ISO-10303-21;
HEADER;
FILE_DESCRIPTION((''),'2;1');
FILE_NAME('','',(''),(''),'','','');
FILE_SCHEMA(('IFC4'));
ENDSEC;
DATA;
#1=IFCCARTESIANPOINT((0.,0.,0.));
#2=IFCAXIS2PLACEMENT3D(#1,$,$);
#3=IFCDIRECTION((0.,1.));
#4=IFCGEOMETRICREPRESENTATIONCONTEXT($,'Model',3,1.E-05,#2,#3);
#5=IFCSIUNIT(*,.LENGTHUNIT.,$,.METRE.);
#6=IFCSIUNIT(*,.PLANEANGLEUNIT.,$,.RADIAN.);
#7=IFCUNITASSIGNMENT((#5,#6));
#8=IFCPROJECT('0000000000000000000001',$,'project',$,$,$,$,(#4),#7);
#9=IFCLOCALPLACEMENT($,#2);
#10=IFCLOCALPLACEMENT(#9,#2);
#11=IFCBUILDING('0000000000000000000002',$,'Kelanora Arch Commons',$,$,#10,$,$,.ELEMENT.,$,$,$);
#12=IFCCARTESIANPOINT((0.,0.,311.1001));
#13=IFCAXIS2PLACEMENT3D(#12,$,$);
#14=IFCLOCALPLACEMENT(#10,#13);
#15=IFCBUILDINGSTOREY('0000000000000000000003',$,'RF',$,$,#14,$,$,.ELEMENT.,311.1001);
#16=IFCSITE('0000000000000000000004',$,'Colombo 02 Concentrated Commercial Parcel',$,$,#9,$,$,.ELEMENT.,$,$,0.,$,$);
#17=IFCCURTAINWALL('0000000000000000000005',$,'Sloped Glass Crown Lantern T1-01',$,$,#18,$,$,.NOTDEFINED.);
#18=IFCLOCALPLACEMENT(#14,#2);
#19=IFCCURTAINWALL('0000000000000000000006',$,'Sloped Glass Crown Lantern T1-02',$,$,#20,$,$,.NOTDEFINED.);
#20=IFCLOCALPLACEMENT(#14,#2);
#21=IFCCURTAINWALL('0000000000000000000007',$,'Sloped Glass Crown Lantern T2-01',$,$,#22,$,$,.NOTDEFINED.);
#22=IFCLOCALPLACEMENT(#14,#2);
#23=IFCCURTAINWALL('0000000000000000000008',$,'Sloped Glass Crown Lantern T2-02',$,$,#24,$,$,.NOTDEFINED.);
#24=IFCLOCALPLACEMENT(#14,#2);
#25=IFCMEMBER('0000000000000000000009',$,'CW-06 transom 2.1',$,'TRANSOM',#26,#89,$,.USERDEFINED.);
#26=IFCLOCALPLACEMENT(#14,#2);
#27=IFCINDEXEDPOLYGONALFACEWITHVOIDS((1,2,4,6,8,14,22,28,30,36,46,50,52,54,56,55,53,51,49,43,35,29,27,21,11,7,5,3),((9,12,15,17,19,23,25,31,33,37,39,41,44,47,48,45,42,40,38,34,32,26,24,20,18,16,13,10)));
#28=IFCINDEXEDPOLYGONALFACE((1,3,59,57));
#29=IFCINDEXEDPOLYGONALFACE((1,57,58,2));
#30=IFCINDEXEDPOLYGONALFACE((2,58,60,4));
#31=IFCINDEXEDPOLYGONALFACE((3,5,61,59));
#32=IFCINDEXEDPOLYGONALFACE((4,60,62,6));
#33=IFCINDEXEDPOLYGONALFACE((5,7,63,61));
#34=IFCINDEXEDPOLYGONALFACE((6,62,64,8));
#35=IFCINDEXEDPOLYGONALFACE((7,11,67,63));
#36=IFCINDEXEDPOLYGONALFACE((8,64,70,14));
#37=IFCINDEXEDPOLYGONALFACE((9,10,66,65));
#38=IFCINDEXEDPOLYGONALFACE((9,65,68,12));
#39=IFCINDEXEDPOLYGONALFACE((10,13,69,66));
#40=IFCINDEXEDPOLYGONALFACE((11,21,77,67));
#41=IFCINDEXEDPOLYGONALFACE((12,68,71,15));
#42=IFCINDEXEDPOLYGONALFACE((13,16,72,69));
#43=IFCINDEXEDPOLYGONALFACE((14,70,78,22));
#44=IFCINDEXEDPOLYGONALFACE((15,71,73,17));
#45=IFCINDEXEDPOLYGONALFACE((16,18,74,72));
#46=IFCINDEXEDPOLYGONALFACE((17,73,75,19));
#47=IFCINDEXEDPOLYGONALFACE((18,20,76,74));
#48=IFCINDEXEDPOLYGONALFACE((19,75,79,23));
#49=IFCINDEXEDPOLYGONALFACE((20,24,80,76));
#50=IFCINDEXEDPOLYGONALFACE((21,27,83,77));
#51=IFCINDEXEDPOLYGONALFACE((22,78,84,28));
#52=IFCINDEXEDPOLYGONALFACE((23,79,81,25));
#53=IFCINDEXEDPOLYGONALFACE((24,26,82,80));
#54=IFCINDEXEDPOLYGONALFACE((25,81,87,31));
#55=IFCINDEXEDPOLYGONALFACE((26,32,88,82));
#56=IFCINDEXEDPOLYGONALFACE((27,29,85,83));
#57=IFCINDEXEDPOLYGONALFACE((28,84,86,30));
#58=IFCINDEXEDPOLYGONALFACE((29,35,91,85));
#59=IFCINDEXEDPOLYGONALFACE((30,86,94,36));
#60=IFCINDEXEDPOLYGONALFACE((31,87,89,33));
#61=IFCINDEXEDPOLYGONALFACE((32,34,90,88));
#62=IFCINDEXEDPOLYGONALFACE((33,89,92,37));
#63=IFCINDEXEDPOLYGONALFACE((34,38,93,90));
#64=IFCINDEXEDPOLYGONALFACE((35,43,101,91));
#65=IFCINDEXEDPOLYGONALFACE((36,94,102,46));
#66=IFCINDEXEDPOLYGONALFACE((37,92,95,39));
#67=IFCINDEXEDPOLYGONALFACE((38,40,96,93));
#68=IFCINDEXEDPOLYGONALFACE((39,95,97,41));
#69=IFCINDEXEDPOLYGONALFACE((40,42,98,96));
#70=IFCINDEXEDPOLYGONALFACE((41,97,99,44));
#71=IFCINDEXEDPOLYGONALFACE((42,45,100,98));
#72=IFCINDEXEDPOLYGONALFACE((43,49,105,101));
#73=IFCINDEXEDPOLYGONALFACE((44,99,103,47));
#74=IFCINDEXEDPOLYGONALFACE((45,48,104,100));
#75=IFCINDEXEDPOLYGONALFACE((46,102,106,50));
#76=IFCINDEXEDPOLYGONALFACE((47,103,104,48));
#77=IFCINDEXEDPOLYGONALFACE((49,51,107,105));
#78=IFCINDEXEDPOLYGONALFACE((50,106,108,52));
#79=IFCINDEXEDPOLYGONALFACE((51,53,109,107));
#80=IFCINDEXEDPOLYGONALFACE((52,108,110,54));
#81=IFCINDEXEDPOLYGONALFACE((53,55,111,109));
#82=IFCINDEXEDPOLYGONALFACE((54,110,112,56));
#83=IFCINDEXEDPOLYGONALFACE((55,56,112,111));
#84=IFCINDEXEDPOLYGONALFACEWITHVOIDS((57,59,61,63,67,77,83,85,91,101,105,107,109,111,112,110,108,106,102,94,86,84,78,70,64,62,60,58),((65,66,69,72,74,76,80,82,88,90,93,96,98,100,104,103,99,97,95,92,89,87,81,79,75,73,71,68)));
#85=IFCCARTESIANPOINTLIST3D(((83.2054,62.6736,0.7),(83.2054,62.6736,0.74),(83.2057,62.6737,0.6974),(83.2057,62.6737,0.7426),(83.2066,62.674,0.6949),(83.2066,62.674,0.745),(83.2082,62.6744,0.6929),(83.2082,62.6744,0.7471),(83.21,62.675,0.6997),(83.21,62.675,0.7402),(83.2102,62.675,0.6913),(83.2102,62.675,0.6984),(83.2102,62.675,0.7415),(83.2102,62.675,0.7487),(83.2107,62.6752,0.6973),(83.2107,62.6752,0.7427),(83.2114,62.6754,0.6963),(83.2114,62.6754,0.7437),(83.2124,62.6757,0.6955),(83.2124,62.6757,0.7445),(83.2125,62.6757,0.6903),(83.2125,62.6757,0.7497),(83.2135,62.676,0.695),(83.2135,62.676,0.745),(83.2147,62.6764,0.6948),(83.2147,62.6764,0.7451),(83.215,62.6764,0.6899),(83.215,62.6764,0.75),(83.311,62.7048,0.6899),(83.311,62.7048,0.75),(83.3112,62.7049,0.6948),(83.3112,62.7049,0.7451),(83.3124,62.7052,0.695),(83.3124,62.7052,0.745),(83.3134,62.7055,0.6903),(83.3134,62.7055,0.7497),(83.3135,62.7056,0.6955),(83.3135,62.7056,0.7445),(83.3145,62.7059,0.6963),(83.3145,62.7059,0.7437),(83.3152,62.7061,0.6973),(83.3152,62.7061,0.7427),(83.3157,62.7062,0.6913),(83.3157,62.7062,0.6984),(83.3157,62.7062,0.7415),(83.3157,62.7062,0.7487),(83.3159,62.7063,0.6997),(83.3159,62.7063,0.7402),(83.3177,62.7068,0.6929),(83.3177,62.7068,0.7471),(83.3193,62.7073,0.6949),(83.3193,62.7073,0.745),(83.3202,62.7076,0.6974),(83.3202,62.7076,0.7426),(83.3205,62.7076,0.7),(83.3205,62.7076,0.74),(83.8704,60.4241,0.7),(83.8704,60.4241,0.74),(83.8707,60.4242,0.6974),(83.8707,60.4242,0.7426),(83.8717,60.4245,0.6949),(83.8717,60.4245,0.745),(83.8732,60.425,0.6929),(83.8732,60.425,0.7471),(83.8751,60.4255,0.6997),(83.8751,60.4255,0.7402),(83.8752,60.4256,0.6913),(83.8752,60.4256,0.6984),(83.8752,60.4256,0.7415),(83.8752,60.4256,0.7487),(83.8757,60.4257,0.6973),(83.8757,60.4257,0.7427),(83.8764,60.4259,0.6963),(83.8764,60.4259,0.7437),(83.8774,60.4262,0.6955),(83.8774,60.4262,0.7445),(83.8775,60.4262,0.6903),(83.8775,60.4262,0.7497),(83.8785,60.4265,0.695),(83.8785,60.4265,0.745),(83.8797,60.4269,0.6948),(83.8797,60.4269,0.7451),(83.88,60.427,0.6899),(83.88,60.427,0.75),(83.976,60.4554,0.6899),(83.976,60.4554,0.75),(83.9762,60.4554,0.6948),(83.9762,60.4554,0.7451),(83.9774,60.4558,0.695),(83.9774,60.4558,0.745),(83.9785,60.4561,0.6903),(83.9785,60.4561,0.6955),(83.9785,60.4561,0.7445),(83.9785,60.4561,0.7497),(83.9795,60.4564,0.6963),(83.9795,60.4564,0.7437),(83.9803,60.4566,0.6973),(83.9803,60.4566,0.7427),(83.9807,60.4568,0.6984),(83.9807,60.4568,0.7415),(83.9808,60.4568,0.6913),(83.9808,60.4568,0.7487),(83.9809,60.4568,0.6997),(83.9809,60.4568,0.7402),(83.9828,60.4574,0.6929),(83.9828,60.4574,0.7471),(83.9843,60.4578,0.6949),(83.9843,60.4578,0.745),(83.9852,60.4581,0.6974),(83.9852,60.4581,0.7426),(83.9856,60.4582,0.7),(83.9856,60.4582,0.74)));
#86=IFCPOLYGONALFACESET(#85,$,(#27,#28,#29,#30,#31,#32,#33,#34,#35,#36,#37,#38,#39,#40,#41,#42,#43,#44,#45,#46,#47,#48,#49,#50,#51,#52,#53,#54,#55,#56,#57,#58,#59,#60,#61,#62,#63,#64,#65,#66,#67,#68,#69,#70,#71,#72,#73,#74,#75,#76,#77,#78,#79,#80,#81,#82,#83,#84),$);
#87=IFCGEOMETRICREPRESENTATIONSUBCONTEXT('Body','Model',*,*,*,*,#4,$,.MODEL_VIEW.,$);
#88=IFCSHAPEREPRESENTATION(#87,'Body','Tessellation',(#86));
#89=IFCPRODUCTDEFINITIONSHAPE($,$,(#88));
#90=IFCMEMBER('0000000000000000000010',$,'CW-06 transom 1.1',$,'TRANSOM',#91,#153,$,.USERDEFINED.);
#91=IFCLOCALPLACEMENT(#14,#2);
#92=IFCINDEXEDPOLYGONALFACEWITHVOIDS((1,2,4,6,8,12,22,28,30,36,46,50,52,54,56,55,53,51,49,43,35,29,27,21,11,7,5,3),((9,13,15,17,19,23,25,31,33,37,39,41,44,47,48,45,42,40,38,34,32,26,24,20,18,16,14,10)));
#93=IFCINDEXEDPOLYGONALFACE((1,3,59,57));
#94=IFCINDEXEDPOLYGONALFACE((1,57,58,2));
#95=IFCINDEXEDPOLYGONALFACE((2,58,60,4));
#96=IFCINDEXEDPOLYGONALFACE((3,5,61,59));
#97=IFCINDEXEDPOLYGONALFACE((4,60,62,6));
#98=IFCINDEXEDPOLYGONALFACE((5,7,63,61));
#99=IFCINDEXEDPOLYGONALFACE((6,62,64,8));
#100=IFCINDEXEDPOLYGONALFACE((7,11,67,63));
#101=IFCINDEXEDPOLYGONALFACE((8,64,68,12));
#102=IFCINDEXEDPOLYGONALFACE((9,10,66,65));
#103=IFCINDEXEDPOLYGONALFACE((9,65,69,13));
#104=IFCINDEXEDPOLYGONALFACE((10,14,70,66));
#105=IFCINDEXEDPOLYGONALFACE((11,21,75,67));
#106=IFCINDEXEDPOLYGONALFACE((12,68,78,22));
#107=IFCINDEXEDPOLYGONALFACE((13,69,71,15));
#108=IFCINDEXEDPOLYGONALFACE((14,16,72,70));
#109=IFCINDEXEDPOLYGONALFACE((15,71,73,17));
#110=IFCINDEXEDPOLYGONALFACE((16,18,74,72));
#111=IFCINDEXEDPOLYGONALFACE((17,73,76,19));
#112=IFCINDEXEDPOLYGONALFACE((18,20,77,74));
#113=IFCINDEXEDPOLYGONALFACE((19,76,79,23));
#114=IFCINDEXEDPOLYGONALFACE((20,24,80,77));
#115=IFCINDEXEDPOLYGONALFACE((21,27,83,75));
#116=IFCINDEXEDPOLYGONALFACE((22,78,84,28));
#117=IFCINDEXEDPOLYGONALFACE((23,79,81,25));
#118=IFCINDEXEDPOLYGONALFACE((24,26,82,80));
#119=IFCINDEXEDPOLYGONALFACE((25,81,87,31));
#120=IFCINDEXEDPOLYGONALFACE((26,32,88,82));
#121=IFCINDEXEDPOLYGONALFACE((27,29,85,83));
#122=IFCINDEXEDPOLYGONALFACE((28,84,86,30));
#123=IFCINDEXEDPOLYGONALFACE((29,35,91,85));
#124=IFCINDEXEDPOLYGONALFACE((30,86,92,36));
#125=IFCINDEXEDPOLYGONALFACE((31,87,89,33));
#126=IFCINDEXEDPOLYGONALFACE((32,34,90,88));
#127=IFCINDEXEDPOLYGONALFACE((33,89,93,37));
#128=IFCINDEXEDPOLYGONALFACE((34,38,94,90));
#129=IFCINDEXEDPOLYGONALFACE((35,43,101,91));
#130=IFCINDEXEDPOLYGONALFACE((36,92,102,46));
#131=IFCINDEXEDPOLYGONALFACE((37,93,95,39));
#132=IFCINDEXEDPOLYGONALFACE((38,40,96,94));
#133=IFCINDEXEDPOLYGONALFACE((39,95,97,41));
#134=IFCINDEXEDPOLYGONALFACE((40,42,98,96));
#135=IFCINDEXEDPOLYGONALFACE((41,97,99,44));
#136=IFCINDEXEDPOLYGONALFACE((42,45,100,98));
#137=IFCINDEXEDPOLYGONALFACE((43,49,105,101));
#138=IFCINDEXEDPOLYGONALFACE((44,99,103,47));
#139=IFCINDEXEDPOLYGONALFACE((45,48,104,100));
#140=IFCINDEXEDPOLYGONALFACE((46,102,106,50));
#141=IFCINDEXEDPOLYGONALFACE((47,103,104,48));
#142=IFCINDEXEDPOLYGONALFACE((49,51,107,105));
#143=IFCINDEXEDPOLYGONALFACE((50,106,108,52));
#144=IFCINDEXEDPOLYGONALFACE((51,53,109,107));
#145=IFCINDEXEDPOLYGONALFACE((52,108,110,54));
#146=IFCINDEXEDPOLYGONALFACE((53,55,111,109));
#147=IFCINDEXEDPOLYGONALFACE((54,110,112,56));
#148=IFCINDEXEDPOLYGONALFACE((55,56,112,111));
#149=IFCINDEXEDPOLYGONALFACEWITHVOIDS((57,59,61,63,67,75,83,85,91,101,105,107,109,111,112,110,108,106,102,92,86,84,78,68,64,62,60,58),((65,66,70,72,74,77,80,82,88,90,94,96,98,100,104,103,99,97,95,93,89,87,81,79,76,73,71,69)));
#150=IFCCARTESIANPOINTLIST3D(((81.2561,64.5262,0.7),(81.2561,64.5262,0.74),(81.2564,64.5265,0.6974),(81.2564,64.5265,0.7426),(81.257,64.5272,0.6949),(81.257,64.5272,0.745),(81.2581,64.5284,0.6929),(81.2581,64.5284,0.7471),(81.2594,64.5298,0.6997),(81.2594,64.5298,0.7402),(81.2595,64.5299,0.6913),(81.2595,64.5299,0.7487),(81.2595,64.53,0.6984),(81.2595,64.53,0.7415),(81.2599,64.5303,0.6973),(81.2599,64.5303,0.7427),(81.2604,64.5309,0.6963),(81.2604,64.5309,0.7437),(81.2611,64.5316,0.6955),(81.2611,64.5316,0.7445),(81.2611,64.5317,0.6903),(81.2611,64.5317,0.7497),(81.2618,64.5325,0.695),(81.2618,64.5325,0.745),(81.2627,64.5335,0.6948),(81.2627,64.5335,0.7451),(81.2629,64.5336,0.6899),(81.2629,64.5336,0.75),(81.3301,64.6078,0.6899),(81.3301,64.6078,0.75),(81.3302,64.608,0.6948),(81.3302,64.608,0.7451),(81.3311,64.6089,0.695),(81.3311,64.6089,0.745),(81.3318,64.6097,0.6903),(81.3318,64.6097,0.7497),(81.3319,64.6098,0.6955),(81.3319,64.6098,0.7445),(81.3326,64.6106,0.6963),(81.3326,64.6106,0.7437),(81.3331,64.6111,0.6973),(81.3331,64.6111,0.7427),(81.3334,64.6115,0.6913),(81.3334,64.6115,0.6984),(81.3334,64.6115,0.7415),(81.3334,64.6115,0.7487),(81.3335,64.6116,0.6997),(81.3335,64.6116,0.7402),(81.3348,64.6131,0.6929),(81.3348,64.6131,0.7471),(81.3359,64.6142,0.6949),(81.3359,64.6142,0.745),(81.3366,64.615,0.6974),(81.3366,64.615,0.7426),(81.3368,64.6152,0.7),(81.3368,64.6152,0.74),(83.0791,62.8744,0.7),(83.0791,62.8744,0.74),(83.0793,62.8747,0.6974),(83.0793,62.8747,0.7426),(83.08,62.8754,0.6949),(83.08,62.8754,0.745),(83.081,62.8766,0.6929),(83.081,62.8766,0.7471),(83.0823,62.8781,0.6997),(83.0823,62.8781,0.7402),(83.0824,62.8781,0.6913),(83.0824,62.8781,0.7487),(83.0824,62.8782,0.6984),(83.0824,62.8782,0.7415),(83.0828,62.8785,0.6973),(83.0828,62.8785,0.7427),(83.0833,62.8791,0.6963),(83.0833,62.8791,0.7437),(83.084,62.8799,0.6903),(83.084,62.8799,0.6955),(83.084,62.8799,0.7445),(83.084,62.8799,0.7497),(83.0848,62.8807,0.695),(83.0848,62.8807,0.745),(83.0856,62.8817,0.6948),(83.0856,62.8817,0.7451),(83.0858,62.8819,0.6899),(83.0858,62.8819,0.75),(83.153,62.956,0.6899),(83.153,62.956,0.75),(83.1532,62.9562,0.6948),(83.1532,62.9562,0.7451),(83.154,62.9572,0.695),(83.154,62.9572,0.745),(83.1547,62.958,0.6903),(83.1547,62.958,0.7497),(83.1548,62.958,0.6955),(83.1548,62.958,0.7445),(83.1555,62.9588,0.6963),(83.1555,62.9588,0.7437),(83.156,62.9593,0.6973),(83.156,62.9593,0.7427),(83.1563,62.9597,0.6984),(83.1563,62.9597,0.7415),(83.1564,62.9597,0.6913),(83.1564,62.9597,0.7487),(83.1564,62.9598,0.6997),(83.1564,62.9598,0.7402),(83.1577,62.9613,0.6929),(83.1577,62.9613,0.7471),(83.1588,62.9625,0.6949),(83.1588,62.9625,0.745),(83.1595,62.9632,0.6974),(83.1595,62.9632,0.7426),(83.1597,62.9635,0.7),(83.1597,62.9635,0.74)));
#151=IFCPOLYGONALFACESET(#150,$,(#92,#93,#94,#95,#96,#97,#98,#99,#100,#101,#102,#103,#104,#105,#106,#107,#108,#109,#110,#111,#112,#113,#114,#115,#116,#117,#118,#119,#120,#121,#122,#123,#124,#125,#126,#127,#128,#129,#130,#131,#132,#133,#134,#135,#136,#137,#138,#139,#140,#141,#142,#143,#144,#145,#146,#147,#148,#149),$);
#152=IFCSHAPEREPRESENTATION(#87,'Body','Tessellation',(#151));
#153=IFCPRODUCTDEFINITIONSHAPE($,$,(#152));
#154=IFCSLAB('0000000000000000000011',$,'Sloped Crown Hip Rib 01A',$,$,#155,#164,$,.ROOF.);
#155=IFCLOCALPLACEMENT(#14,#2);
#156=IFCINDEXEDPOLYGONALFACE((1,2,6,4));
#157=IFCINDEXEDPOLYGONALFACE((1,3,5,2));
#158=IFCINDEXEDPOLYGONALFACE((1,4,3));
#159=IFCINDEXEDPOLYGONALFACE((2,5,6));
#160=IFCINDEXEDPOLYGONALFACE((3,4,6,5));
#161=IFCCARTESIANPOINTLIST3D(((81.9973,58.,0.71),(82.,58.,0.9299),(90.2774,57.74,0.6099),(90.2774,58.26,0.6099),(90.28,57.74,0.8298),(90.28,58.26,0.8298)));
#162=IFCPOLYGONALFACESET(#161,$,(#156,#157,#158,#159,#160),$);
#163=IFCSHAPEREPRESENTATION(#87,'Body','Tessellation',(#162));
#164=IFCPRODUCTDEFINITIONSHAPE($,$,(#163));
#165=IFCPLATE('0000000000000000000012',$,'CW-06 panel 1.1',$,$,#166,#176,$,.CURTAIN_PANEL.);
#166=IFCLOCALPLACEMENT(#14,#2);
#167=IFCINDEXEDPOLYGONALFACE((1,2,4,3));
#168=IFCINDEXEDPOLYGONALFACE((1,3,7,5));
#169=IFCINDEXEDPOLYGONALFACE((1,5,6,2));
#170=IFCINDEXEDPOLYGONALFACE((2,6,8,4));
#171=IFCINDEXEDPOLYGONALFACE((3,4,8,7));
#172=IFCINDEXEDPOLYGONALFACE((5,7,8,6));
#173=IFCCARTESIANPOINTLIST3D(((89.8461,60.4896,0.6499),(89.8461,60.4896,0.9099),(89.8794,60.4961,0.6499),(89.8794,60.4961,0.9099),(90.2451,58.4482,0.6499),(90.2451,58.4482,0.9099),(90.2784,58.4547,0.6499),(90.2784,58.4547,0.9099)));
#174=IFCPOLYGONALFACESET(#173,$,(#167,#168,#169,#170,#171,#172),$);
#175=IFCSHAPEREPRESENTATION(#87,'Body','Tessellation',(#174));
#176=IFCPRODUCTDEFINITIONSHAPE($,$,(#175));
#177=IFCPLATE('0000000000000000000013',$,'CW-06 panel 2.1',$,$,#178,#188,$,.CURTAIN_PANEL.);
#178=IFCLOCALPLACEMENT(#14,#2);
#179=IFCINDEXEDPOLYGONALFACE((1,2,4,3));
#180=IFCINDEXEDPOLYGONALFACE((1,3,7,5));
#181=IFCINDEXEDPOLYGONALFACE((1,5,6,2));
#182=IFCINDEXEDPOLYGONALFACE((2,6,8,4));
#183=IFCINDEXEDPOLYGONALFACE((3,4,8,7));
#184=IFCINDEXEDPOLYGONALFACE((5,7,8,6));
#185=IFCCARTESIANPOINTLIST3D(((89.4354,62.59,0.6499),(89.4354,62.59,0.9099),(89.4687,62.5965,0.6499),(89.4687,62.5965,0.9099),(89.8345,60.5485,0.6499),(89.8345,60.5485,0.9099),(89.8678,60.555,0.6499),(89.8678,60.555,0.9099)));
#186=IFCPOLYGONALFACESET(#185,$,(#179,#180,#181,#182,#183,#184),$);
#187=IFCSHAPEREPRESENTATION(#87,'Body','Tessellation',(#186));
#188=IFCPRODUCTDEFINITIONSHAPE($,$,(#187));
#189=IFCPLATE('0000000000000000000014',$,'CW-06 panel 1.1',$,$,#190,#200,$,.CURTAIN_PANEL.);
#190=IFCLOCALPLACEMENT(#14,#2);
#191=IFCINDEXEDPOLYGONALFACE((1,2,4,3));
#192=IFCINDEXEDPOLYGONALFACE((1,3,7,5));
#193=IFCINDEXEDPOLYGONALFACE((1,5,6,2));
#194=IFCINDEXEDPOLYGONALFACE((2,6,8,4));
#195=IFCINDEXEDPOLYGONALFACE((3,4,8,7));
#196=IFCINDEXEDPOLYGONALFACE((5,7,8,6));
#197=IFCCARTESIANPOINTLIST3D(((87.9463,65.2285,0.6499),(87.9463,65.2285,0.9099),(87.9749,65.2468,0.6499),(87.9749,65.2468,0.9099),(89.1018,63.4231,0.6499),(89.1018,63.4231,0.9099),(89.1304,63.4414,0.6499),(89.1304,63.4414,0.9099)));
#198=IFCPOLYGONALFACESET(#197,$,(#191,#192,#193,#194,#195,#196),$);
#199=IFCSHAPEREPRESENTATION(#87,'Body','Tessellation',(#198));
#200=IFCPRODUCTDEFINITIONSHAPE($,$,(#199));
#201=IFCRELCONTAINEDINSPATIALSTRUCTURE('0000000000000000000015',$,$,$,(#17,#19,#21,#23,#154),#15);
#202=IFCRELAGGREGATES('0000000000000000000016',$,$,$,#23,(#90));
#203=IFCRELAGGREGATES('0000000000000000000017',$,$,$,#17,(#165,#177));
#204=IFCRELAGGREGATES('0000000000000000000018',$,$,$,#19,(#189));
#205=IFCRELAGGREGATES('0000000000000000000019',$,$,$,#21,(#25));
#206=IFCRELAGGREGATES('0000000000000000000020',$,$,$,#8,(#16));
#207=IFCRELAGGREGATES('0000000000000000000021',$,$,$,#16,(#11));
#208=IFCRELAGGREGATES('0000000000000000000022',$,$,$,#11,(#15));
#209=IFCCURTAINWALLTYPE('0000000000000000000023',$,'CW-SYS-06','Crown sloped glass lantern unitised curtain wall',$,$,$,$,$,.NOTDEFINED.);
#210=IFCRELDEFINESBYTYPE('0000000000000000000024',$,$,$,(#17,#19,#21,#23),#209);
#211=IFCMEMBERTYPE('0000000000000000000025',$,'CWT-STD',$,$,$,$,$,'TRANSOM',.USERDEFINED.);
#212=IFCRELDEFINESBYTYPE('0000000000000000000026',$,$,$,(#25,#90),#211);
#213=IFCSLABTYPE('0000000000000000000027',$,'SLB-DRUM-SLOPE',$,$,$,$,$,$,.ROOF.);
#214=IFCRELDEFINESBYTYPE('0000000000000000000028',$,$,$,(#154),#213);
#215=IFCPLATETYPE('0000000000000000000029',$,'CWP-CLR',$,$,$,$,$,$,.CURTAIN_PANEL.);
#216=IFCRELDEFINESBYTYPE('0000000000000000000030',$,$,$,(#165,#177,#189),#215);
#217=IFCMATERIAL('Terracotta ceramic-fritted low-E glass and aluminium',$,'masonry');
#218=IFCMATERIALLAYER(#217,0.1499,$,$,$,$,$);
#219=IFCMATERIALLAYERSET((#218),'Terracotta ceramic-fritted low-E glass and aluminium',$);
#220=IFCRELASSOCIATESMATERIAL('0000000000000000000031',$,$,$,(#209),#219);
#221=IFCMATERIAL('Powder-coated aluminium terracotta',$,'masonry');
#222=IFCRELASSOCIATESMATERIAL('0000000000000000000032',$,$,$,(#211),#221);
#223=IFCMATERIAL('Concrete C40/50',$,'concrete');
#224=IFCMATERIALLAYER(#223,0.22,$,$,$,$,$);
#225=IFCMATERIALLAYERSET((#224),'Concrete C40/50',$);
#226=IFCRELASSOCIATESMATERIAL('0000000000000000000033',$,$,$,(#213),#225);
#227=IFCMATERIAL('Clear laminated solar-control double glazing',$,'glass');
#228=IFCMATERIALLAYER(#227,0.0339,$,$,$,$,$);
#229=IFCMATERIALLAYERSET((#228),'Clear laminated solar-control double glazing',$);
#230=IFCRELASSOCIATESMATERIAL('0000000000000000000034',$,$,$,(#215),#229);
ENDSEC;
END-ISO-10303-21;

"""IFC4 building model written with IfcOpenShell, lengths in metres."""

from ifc_helpers import new_model, si_unit, direction, frame, origin, origin_2d, place, context, subcontext, project, spatial, polyline, rectangle, hollow_rectangle, outline, extrude, source, transform, mapped, material, layer, layer_set, material_profile, profile_set, type_object, element, aggregate, save


model = new_model("IFC4")

# Units and contexts
model_context = context("Model", 3, precision=1e-05, world=origin(), true_north=direction((0.0, 1.0)))
body_context = subcontext(model_context, "Body", "Model", "MODEL_VIEW")
ifc_project = project(units=[si_unit("LENGTHUNIT", "METRE"), si_unit("PLANEANGLEUNIT", "RADIAN")], contexts=[model_context])

# Site, building, storey
site_placement = place(None, origin())
site = spatial("IfcSite", under=ifc_project, at=site_placement, Name="Colombo 02 Concentrated Commercial Parcel", CompositionType="ELEMENT", RefElevation=0.0)
building_placement = place(site_placement, origin())
building = spatial("IfcBuilding", under=site, at=building_placement, Name="Kelanora Arch Commons", CompositionType="ELEMENT")
storey_placement = place(building_placement, frame((0.0, 0.0, 311.1001)))
storey = spatial("IfcBuildingStorey", under=building, at=storey_placement, Name="RF", CompositionType="ELEMENT", Elevation=311.1001)

# Curtain walls
ifc_material_1 = material(Name="Terracotta ceramic-fritted low-E glass and aluminium", Category="masonry")
ifc_layer_1 = layer(ifc_material_1, 0.1499)
ifc_layer_set_1 = layer_set([ifc_layer_1], Name="Terracotta ceramic-fritted low-E glass and aluminium")
curtain_wall_type = type_object("IfcCurtainWallType", Name="CW-SYS-06", Description="Crown sloped glass lantern unitised curtain wall", PredefinedType="NOTDEFINED", material=ifc_layer_set_1)
curtain_wall_1_placement = place(storey_placement, origin())
curtain_wall_1 = element("IfcCurtainWall", 1, at=curtain_wall_1_placement, inside=storey, type_object=curtain_wall_type, Name="Sloped Glass Crown Lantern T1-01", PredefinedType="NOTDEFINED")
ifc_material_2 = material(Name="Powder-coated aluminium terracotta", Category="masonry")
curtain_wall_2_placement = place(storey_placement, origin())
curtain_wall_2 = element("IfcCurtainWall", 2, at=curtain_wall_2_placement, inside=storey, type_object=curtain_wall_type, Name="Sloped Glass Crown Lantern T1-02", PredefinedType="NOTDEFINED")
curtain_wall_3_placement = place(storey_placement, origin())
curtain_wall_3 = element("IfcCurtainWall", 3, at=curtain_wall_3_placement, inside=storey, type_object=curtain_wall_type, Name="Sloped Glass Crown Lantern T2-01", PredefinedType="NOTDEFINED")

# Curtain wall
curtain_wall_4_placement = place(storey_placement, origin())
curtain_wall_4 = element("IfcCurtainWall", 4, at=curtain_wall_4_placement, inside=storey, type_object=curtain_wall_type, Name="Sloped Glass Crown Lantern T2-02", PredefinedType="NOTDEFINED")

# Members
ifc_material_profile_1 = material_profile(ifc_material_2, hollow_rectangle(XDim=0.1201, YDim=0.0601, WallThickness=0.0049, InnerFilletRadius=0.0049, OuterFilletRadius=0.01, at=origin_2d()), Name="CWT120x60")
ifc_profile_set_1 = profile_set([ifc_material_profile_1], Name="Powder-coated aluminium terracotta")
member_type_1 = type_object("IfcMemberType", Name="CWT-STD", ElementType="TRANSOM", PredefinedType="USERDEFINED", material=ifc_profile_set_1)
member_1_placement = place(storey_placement, frame((83.928, 60.4412, 0.72), z_axis=(-0.283507, 0.95897, 0.0), x_axis=(-0.95897, -0.283507, 0.0)))
member_1 = element("IfcMember", 5, at=member_1_placement, type_object=member_type_1, Name="CW-06 transom 2.1", ObjectType="TRANSOM", PredefinedType="USERDEFINED", context=body_context, shape_type="SweptSolid", body=[
    extrude(hollow_rectangle(XDim=0.1201, YDim=0.0601, WallThickness=0.0049, InnerFilletRadius=0.0049, OuterFilletRadius=0.01, at=origin_2d()), origin(), (0.0, 0.0, 1.0), 2.3457),
])
member_2_placement = place(storey_placement, frame((83.1194, 62.9189, 0.72), z_axis=(-0.741035, 0.671467, 0.0), x_axis=(-0.671467, -0.741035, 0.0)))
member_2 = element("IfcMember", 6, at=member_2_placement, type_object=member_type_1, Name="CW-06 transom 1.1", ObjectType="TRANSOM", PredefinedType="USERDEFINED", context=body_context, shape_type="SweptSolid", body=[
    extrude(hollow_rectangle(XDim=0.1201, YDim=0.0601, WallThickness=0.0049, InnerFilletRadius=0.0049, OuterFilletRadius=0.01, at=origin_2d()), origin(), (0.0, 0.0, 1.0), 2.46),
])
aggregate(curtain_wall_4, [member_2])

# Slab
ifc_material_3 = material(Name="Concrete C40/50", Category="concrete")
ifc_layer_2 = layer(ifc_material_3, 0.22)
ifc_layer_set_2 = layer_set([ifc_layer_2], Name="Concrete C40/50")
slab_type = type_object("IfcSlabType", Name="SLB-DRUM-SLOPE", PredefinedType="ROOF", material=ifc_layer_set_2)
slab_placement = place(storey_placement, frame((90.28, 58.26, 0.8298), z_axis=(0.012088, 0.0, 0.999927), x_axis=(0.0, -1.0, 0.0)))
element("IfcSlab", 7, at=slab_placement, inside=storey, type_object=slab_type, Name="Sloped Crown Hip Rib 01A", PredefinedType="ROOF", context=body_context, shape_type="SweptSolid", body=[
    extrude(outline(polyline([(0.0, 0.0), (0.52, 0.0), (0.26, -8.2806), (0.0, 0.0)])), origin(), (0.0, 0.0, -1.0), 0.22),
])

# Plates
ifc_material_4 = material(Name="Clear laminated solar-control double glazing", Category="glass")
ifc_layer_3 = layer(ifc_material_4, 0.0339)
ifc_layer_set_3 = layer_set([ifc_layer_3], Name="Clear laminated solar-control double glazing")
plate_type = type_object("IfcPlateType", Name="CWP-CLR", PredefinedType="CURTAIN_PANEL", material=ifc_layer_set_3)
shared_shape_1 = source(origin(), body_context, "Body", "SweptSolid", [
    extrude(rectangle(XDim=2.0801, YDim=0.0339, at=origin_2d()), origin(), (0.0, 0.0, 1.0), 0.26),
])
plate_1_placement = place(storey_placement, frame((90.0623, 59.4722, 0.6499), z_axis=(0.0, 0.0, 1.0), x_axis=(-0.191834, 0.981427, 0.0)))
plate_1 = element("IfcPlate", 8, at=plate_1_placement, type_object=plate_type, Name="CW-06 panel 1.1", PredefinedType="CURTAIN_PANEL", context=body_context, shape_type="MappedRepresentation", body=[
    mapped(shared_shape_1, transform((0.0, 0.0, 0.0), scale=1.0)),
])
plate_2_placement = place(storey_placement, frame((89.6516, 61.5725, 0.6499), z_axis=(0.0, 0.0, 1.0), x_axis=(-0.191834, 0.981427, 0.0)))
plate_2 = element("IfcPlate", 9, at=plate_2_placement, type_object=plate_type, Name="CW-06 panel 2.1", PredefinedType="CURTAIN_PANEL", context=body_context, shape_type="MappedRepresentation", body=[
    mapped(shared_shape_1, transform((0.0, 0.0, 0.0), scale=1.0)),
])
aggregate(curtain_wall_1, [plate_1, plate_2])
shared_shape_2 = source(origin(), body_context, "Body", "SweptSolid", [
    extrude(rectangle(XDim=2.1436, YDim=0.0339, at=origin_2d()), origin(), (0.0, 0.0, 1.0), 0.26),
])
plate_3_placement = place(storey_placement, frame((88.5383, 64.335, 0.6499), z_axis=(0.0, 0.0, 1.0), x_axis=(-0.539054, 0.842271, 0.0)))
plate_3 = element("IfcPlate", 10, at=plate_3_placement, type_object=plate_type, Name="CW-06 panel 1.1", PredefinedType="CURTAIN_PANEL", context=body_context, shape_type="MappedRepresentation", body=[
    mapped(shared_shape_2, transform((0.0, 0.0, 0.0), scale=1.0)),
])
aggregate(curtain_wall_2, [plate_3])
aggregate(curtain_wall_3, [member_1])

save(model, "model.ifc")
